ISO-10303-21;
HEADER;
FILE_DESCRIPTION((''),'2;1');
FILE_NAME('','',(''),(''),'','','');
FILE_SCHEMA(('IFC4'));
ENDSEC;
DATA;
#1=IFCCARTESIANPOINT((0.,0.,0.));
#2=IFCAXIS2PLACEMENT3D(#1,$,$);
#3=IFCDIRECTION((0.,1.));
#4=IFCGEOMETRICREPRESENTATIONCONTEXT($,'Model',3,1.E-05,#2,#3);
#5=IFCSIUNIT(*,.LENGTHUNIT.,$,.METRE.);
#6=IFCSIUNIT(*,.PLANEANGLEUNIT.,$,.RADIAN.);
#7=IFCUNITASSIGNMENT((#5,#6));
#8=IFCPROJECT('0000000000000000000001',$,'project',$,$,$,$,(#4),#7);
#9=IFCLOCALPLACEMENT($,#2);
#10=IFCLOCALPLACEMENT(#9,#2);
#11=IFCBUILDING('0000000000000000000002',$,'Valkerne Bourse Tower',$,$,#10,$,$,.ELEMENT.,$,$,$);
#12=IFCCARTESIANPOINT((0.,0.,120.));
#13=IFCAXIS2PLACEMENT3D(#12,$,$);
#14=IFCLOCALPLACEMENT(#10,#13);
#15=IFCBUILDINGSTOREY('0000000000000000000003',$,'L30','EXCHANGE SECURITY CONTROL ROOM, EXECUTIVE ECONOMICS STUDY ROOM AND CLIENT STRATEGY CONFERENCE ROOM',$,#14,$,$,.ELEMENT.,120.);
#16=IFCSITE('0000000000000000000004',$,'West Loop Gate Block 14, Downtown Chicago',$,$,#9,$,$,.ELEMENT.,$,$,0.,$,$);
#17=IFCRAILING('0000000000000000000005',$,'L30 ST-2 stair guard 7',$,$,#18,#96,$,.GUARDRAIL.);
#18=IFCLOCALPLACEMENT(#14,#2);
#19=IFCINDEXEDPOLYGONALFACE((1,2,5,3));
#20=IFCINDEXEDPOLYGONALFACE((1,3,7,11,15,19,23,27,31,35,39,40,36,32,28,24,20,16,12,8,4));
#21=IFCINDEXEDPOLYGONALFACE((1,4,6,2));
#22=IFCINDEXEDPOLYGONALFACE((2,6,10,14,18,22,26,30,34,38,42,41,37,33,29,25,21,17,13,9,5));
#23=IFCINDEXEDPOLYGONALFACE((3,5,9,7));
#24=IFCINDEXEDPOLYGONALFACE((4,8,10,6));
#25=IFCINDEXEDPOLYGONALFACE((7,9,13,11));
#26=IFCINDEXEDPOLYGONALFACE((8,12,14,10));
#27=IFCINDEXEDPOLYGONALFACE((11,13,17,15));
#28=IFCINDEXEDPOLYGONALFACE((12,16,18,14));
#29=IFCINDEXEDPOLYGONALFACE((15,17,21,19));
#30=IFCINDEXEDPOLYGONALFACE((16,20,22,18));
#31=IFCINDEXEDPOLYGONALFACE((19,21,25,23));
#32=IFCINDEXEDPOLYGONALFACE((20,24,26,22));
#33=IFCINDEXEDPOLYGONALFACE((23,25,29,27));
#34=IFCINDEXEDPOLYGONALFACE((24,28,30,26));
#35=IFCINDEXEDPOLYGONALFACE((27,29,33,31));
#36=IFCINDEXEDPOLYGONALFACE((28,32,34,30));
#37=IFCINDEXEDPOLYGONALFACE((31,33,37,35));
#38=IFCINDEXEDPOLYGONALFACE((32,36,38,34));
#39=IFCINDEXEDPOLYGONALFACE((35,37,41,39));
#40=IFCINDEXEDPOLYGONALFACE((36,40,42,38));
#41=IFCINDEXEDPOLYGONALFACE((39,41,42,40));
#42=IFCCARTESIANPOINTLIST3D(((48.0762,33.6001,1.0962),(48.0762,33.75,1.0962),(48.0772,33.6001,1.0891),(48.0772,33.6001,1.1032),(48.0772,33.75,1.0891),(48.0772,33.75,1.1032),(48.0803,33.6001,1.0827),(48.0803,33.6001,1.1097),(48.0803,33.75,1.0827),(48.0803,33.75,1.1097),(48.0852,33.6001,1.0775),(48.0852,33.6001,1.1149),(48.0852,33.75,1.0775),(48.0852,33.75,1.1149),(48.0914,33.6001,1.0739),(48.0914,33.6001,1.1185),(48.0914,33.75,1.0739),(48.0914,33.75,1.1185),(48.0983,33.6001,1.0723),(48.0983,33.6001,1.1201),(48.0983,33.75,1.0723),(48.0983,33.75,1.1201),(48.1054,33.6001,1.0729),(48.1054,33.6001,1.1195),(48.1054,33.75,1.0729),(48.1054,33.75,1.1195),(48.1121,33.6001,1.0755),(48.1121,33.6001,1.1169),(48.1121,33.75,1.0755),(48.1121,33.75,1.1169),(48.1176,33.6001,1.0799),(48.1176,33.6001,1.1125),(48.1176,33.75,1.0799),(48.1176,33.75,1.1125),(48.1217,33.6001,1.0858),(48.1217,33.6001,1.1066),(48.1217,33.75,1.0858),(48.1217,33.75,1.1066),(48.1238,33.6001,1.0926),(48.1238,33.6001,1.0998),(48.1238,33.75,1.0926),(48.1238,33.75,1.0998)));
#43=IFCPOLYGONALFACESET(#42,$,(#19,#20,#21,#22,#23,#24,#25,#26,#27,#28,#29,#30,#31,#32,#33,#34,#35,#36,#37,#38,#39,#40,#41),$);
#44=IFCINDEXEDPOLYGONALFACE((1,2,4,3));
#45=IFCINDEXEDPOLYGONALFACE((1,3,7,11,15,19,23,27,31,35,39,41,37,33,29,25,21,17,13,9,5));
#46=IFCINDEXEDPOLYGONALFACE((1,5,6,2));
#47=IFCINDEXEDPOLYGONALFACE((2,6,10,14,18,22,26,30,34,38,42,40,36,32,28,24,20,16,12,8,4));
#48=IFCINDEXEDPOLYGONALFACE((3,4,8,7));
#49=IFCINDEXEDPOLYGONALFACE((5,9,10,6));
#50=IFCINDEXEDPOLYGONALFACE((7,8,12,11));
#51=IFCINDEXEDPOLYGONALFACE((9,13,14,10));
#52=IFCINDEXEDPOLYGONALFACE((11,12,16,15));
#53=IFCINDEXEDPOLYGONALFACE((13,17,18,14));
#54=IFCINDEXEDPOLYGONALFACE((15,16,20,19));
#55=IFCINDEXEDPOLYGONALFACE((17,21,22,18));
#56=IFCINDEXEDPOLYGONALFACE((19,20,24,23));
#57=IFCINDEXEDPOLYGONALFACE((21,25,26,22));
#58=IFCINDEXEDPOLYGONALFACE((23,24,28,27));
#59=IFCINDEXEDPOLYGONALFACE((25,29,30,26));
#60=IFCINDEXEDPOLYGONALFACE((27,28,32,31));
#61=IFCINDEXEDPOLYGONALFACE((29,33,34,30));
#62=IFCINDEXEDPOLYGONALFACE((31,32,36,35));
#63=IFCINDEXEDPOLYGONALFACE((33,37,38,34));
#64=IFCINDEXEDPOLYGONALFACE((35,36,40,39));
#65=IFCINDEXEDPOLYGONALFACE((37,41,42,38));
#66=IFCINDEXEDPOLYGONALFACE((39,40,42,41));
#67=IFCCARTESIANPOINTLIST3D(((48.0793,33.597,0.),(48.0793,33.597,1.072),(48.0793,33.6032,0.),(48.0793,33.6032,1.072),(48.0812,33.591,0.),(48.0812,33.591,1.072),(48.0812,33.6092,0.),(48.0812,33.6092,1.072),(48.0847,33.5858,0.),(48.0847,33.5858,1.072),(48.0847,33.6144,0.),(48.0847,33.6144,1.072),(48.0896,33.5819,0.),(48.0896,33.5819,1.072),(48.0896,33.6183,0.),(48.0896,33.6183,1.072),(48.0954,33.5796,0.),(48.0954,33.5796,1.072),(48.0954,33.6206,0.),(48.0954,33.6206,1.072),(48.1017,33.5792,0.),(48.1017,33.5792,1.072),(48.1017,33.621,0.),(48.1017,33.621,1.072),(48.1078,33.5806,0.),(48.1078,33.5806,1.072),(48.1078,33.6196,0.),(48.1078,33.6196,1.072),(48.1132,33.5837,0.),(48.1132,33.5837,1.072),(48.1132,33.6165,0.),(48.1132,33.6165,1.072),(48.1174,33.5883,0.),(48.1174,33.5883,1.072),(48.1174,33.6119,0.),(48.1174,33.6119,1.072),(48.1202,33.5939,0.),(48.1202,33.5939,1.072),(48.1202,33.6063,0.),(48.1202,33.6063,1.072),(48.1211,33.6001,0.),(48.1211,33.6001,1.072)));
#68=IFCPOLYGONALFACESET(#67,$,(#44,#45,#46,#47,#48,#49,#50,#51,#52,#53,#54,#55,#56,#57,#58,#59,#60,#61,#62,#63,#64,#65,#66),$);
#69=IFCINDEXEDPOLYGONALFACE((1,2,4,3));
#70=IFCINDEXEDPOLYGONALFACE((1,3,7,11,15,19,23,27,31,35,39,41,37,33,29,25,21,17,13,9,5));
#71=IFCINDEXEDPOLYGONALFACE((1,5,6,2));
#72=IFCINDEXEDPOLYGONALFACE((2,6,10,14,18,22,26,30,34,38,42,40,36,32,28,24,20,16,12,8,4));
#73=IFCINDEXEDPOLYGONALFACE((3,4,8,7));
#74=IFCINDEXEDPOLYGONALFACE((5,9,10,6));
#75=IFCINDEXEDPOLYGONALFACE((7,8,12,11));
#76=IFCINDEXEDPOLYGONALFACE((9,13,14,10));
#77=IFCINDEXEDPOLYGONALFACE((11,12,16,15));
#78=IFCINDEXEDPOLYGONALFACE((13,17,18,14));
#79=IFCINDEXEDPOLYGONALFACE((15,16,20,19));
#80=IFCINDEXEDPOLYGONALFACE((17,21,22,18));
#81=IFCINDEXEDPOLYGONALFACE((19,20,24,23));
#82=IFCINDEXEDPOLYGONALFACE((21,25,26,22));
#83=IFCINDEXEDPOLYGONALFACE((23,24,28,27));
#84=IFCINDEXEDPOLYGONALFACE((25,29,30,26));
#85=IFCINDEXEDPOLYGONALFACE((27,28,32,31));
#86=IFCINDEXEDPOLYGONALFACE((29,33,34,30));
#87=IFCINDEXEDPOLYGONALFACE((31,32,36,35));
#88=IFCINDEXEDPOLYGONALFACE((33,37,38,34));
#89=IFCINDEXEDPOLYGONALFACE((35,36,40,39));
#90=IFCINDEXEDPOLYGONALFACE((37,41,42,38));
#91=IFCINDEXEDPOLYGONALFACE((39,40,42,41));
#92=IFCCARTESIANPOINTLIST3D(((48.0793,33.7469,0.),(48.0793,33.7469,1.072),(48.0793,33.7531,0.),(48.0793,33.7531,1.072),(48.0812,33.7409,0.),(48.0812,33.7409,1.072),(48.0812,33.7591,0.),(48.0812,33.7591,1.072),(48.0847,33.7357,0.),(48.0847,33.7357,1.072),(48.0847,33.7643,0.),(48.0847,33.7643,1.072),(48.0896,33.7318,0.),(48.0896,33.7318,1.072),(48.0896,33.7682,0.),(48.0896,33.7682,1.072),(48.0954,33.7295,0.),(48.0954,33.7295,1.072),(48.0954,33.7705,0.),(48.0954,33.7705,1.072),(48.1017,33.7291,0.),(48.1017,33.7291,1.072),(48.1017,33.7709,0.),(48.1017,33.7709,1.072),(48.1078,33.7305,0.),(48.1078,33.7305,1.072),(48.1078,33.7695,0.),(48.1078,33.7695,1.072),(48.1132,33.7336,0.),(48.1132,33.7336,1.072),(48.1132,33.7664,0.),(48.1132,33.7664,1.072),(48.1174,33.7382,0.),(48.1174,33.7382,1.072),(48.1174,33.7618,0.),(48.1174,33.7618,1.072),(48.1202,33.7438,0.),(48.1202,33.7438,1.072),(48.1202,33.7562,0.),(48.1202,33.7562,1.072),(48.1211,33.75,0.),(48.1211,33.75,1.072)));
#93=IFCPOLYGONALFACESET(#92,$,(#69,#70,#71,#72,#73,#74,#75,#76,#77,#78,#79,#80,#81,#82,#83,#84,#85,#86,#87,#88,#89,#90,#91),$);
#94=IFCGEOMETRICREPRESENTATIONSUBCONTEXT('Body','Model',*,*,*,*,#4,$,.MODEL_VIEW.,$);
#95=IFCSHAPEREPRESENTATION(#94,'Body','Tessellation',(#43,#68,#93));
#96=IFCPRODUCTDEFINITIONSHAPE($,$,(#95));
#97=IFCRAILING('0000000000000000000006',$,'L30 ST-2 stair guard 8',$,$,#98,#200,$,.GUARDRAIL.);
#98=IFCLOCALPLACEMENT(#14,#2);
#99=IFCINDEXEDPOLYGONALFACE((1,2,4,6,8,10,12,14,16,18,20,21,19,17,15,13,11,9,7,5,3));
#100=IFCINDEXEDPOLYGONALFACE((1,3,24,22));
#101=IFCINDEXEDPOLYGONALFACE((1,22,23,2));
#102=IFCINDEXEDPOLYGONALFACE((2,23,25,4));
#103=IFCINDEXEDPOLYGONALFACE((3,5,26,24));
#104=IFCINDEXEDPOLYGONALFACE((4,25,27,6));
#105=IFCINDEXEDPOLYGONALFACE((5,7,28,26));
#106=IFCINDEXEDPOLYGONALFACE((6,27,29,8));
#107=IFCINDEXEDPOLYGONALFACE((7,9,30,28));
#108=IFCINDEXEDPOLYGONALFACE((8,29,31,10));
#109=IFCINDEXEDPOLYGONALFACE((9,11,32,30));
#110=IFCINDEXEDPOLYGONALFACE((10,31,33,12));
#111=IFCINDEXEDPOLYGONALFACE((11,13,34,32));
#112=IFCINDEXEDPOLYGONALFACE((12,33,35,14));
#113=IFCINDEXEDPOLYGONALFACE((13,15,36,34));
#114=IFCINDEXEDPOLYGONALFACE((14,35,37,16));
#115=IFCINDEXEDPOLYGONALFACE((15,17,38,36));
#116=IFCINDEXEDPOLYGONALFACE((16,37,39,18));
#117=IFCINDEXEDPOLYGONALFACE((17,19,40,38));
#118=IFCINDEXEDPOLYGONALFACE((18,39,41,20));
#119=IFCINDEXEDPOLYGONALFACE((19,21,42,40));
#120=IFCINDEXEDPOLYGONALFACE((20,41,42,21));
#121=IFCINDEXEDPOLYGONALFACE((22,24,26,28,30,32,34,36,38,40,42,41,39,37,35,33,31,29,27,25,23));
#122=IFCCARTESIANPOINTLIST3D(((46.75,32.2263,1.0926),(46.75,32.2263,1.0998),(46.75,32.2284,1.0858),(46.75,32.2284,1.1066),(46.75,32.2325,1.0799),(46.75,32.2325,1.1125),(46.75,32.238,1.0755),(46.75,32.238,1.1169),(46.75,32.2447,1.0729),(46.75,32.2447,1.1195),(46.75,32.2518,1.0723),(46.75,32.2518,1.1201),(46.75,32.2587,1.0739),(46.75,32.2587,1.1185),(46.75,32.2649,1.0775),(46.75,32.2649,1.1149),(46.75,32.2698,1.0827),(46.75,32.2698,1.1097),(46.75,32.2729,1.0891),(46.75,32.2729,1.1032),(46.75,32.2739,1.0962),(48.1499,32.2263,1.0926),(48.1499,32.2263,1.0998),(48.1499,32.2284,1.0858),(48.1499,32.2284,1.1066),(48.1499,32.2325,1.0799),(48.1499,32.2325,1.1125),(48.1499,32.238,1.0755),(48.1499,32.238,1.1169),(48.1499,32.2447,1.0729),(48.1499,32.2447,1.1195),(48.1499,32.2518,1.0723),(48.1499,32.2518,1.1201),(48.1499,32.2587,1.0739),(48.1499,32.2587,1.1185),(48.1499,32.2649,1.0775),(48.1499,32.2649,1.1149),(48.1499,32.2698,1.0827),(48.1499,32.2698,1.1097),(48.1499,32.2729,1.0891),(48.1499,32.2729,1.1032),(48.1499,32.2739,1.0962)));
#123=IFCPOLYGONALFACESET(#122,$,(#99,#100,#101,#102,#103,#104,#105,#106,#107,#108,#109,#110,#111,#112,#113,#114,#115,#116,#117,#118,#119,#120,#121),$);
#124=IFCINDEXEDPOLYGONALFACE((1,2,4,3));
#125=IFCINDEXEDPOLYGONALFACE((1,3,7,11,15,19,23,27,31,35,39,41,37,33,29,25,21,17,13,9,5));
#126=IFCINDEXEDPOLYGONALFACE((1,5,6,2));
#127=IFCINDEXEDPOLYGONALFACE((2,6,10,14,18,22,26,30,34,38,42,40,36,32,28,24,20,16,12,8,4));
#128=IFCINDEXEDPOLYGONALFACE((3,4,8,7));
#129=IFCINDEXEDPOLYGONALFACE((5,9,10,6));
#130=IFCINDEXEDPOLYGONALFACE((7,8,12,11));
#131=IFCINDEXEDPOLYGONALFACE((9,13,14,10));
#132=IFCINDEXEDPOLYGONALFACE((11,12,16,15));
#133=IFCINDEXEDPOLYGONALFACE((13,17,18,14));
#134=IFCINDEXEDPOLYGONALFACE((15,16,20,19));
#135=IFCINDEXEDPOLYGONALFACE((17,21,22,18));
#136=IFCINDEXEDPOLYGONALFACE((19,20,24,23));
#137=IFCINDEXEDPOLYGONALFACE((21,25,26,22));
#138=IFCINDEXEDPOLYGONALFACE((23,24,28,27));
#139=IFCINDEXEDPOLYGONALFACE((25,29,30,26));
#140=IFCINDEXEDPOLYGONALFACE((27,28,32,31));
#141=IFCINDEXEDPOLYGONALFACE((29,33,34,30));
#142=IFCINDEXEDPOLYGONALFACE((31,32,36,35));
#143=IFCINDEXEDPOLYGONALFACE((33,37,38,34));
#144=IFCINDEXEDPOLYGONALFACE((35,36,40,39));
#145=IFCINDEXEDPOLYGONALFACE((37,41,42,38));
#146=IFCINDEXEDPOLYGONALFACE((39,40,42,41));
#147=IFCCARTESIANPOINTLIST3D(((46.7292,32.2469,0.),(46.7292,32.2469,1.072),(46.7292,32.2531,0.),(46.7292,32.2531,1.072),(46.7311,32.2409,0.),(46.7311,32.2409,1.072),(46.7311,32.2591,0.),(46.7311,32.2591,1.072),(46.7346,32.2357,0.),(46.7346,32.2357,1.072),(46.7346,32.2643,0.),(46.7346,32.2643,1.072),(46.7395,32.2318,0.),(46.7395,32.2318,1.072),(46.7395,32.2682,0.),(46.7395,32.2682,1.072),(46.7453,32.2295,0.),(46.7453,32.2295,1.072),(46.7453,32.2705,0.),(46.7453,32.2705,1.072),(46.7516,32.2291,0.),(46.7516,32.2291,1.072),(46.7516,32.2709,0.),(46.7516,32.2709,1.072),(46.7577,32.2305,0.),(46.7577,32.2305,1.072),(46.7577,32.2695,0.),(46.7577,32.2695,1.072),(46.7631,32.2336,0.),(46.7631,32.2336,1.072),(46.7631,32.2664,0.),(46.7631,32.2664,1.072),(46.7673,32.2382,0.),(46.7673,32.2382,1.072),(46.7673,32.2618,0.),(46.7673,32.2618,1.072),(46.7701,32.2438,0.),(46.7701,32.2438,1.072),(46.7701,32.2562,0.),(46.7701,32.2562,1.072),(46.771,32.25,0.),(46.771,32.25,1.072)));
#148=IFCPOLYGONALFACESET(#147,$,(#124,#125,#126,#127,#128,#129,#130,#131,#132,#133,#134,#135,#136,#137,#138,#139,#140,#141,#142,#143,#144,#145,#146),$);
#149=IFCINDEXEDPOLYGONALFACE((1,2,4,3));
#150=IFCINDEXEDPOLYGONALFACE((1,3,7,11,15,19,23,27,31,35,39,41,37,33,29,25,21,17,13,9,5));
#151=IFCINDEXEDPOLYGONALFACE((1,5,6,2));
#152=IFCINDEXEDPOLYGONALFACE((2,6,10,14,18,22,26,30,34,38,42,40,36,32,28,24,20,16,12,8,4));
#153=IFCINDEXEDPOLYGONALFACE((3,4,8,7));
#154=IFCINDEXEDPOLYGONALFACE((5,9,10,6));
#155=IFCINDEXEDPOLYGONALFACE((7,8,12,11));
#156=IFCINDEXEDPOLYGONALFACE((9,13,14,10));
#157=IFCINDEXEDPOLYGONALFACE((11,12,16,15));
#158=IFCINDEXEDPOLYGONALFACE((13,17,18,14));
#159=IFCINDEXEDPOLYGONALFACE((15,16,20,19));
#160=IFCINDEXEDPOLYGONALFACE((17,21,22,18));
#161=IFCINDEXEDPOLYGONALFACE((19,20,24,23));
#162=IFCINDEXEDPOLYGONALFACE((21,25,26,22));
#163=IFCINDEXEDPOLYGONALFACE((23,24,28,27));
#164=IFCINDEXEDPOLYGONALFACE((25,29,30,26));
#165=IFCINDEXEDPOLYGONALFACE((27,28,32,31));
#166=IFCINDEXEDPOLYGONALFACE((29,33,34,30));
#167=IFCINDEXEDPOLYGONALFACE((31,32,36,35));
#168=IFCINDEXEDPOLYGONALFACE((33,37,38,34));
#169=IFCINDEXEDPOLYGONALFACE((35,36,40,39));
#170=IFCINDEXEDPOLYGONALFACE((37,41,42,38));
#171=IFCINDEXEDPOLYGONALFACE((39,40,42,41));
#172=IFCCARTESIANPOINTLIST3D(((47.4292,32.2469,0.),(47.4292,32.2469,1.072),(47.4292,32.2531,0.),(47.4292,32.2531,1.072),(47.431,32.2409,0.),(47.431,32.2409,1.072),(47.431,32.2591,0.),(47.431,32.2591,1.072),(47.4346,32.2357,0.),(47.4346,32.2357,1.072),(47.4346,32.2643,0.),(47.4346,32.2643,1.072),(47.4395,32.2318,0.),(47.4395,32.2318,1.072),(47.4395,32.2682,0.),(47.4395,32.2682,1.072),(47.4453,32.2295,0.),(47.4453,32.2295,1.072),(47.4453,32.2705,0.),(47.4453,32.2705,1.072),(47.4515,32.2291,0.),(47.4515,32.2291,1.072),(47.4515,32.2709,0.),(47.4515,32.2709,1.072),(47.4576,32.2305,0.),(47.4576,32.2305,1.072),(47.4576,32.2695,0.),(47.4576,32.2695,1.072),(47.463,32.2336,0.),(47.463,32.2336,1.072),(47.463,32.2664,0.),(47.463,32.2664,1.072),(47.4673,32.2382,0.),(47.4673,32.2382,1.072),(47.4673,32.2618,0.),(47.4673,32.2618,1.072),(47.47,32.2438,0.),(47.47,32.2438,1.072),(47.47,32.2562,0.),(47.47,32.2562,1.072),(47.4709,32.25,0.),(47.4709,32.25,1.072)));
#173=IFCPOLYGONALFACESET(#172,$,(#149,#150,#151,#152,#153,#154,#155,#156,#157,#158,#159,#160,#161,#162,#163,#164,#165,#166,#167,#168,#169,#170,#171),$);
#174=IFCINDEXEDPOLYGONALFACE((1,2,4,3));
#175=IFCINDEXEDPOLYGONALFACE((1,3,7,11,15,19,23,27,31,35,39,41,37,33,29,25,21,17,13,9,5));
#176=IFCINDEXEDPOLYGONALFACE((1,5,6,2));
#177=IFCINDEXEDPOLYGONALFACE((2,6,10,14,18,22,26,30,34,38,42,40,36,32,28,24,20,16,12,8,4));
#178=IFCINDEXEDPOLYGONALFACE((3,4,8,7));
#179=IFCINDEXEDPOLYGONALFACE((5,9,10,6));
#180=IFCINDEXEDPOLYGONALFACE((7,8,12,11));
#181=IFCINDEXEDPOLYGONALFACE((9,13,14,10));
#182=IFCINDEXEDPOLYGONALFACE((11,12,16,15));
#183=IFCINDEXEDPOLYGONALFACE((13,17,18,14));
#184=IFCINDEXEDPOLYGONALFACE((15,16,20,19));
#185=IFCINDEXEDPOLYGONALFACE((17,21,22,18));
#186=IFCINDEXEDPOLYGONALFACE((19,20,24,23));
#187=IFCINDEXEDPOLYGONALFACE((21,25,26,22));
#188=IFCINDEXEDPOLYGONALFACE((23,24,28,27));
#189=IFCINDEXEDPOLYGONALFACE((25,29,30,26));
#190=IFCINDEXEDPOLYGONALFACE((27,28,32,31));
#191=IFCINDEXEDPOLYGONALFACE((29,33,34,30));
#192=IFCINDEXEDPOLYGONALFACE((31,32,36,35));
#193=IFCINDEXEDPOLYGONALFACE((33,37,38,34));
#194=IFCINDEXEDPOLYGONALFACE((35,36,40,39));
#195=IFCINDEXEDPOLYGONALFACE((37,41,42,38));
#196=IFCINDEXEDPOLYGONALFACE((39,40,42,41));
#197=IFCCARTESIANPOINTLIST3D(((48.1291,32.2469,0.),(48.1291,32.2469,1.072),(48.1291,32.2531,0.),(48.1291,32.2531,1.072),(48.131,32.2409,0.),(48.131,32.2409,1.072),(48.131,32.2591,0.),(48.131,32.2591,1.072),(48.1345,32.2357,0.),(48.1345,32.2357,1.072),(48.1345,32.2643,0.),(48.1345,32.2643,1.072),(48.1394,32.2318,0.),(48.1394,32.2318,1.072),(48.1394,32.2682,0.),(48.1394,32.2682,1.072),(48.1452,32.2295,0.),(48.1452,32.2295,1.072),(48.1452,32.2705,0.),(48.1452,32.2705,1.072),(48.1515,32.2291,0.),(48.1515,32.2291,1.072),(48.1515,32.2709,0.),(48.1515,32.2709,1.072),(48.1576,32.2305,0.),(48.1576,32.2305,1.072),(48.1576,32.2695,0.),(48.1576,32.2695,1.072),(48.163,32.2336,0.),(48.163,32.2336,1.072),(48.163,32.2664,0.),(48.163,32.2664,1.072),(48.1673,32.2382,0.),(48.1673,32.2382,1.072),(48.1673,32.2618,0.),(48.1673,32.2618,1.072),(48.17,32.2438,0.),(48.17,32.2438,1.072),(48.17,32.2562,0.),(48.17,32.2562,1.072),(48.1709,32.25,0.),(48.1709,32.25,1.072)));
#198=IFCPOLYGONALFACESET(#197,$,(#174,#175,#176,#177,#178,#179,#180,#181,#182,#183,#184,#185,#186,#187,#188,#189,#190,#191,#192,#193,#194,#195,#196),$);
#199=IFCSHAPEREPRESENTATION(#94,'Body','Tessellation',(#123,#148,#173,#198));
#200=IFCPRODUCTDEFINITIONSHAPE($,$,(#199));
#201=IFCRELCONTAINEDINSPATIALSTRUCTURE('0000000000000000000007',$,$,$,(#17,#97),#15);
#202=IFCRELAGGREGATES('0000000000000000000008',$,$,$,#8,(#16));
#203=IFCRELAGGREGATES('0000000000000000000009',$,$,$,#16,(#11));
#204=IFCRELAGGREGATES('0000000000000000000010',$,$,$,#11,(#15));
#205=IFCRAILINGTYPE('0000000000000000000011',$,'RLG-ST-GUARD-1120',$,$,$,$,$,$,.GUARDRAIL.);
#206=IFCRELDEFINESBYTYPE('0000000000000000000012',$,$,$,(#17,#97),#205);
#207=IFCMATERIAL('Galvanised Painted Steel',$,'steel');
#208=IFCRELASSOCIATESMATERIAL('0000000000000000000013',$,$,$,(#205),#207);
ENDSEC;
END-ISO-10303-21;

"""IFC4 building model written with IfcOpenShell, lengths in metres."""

from ifc_helpers import new_model, si_unit, direction, frame, origin, origin_2d, place, context, subcontext, project, spatial, circle, extrude, material, type_object, element, save


model = new_model("IFC4")

# Units and contexts
model_context = context("Model", 3, precision=1e-05, world=origin(), true_north=direction((0.0, 1.0)))
body_context = subcontext(model_context, "Body", "Model", "MODEL_VIEW")
ifc_project = project(units=[si_unit("LENGTHUNIT", "METRE"), si_unit("PLANEANGLEUNIT", "RADIAN")], contexts=[model_context])

# Site, building, storey
site_placement = place(None, origin())
site = spatial("IfcSite", under=ifc_project, at=site_placement, Name="West Loop Gate Block 14, Downtown Chicago", CompositionType="ELEMENT", RefElevation=0.0)
building_placement = place(site_placement, origin())
building = spatial("IfcBuilding", under=site, at=building_placement, Name="Valkerne Bourse Tower", CompositionType="ELEMENT")
storey_placement = place(building_placement, frame((0.0, 0.0, 120.0)))
storey = spatial("IfcBuildingStorey", under=building, at=storey_placement, Name="L30", Description="EXCHANGE SECURITY CONTROL ROOM, EXECUTIVE ECONOMICS STUDY ROOM AND CLIENT STRATEGY CONFERENCE ROOM", CompositionType="ELEMENT", Elevation=120.0)

# Shared definitions
ifc_material_1 = material(Name="Galvanised Painted Steel", Category="steel")

# Railings
railing_type_1 = type_object("IfcRailingType", Name="RLG-ST-GUARD-1120", PredefinedType="GUARDRAIL", material=ifc_material_1)
railing_1_placement = place(storey_placement, frame((48.1001, 33.6001, 0.0)))
element("IfcRailing", 1, at=railing_1_placement, inside=storey, type_object=railing_type_1, Name="L30 ST-2 stair guard 7", PredefinedType="GUARDRAIL", context=body_context, shape_type="SweptSolid", body=[
    extrude(circle(Radius=0.0239, at=origin_2d()), frame((0.0, 0.0, 1.0962), z_axis=(0.0, 1.0, 0.0), x_axis=(-1.0, 0.0, 0.0)), (0.0, 0.0, 1.0), 0.1499),
    extrude(circle(Radius=0.021, at=origin_2d()), origin(), (0.0, 0.0, 1.0), 1.072),
    extrude(circle(Radius=0.021, at=origin_2d()), frame((0.0, 0.1499, 0.0)), (0.0, 0.0, 1.0), 1.072),
])
for number, where, name in (
    (2, (46.75, 32.25, 0.0), "L30 ST-2 stair guard 8"),
):
    element("IfcRailing", number, at=place(storey_placement, frame(where)), inside=storey, type_object=railing_type_1, Name=name, PredefinedType="GUARDRAIL", context=body_context, shape_type="SweptSolid", body=[
        extrude(circle(Radius=0.0239, at=origin_2d()), frame((0.0, 0.0, 1.0962), z_axis=(1.0, 0.0, 0.0), x_axis=(0.0, 1.0, 0.0)), (0.0, 0.0, 1.0), 1.3999),
        extrude(circle(Radius=0.021, at=origin_2d()), origin(), (0.0, 0.0, 1.0), 1.072),
        extrude(circle(Radius=0.021, at=origin_2d()), frame((0.7, 0.0, 0.0)), (0.0, 0.0, 1.0), 1.072),
        extrude(circle(Radius=0.021, at=origin_2d()), frame((1.3999, 0.0, 0.0)), (0.0, 0.0, 1.0), 1.072),
    ])

save(model, "model.ifc")
